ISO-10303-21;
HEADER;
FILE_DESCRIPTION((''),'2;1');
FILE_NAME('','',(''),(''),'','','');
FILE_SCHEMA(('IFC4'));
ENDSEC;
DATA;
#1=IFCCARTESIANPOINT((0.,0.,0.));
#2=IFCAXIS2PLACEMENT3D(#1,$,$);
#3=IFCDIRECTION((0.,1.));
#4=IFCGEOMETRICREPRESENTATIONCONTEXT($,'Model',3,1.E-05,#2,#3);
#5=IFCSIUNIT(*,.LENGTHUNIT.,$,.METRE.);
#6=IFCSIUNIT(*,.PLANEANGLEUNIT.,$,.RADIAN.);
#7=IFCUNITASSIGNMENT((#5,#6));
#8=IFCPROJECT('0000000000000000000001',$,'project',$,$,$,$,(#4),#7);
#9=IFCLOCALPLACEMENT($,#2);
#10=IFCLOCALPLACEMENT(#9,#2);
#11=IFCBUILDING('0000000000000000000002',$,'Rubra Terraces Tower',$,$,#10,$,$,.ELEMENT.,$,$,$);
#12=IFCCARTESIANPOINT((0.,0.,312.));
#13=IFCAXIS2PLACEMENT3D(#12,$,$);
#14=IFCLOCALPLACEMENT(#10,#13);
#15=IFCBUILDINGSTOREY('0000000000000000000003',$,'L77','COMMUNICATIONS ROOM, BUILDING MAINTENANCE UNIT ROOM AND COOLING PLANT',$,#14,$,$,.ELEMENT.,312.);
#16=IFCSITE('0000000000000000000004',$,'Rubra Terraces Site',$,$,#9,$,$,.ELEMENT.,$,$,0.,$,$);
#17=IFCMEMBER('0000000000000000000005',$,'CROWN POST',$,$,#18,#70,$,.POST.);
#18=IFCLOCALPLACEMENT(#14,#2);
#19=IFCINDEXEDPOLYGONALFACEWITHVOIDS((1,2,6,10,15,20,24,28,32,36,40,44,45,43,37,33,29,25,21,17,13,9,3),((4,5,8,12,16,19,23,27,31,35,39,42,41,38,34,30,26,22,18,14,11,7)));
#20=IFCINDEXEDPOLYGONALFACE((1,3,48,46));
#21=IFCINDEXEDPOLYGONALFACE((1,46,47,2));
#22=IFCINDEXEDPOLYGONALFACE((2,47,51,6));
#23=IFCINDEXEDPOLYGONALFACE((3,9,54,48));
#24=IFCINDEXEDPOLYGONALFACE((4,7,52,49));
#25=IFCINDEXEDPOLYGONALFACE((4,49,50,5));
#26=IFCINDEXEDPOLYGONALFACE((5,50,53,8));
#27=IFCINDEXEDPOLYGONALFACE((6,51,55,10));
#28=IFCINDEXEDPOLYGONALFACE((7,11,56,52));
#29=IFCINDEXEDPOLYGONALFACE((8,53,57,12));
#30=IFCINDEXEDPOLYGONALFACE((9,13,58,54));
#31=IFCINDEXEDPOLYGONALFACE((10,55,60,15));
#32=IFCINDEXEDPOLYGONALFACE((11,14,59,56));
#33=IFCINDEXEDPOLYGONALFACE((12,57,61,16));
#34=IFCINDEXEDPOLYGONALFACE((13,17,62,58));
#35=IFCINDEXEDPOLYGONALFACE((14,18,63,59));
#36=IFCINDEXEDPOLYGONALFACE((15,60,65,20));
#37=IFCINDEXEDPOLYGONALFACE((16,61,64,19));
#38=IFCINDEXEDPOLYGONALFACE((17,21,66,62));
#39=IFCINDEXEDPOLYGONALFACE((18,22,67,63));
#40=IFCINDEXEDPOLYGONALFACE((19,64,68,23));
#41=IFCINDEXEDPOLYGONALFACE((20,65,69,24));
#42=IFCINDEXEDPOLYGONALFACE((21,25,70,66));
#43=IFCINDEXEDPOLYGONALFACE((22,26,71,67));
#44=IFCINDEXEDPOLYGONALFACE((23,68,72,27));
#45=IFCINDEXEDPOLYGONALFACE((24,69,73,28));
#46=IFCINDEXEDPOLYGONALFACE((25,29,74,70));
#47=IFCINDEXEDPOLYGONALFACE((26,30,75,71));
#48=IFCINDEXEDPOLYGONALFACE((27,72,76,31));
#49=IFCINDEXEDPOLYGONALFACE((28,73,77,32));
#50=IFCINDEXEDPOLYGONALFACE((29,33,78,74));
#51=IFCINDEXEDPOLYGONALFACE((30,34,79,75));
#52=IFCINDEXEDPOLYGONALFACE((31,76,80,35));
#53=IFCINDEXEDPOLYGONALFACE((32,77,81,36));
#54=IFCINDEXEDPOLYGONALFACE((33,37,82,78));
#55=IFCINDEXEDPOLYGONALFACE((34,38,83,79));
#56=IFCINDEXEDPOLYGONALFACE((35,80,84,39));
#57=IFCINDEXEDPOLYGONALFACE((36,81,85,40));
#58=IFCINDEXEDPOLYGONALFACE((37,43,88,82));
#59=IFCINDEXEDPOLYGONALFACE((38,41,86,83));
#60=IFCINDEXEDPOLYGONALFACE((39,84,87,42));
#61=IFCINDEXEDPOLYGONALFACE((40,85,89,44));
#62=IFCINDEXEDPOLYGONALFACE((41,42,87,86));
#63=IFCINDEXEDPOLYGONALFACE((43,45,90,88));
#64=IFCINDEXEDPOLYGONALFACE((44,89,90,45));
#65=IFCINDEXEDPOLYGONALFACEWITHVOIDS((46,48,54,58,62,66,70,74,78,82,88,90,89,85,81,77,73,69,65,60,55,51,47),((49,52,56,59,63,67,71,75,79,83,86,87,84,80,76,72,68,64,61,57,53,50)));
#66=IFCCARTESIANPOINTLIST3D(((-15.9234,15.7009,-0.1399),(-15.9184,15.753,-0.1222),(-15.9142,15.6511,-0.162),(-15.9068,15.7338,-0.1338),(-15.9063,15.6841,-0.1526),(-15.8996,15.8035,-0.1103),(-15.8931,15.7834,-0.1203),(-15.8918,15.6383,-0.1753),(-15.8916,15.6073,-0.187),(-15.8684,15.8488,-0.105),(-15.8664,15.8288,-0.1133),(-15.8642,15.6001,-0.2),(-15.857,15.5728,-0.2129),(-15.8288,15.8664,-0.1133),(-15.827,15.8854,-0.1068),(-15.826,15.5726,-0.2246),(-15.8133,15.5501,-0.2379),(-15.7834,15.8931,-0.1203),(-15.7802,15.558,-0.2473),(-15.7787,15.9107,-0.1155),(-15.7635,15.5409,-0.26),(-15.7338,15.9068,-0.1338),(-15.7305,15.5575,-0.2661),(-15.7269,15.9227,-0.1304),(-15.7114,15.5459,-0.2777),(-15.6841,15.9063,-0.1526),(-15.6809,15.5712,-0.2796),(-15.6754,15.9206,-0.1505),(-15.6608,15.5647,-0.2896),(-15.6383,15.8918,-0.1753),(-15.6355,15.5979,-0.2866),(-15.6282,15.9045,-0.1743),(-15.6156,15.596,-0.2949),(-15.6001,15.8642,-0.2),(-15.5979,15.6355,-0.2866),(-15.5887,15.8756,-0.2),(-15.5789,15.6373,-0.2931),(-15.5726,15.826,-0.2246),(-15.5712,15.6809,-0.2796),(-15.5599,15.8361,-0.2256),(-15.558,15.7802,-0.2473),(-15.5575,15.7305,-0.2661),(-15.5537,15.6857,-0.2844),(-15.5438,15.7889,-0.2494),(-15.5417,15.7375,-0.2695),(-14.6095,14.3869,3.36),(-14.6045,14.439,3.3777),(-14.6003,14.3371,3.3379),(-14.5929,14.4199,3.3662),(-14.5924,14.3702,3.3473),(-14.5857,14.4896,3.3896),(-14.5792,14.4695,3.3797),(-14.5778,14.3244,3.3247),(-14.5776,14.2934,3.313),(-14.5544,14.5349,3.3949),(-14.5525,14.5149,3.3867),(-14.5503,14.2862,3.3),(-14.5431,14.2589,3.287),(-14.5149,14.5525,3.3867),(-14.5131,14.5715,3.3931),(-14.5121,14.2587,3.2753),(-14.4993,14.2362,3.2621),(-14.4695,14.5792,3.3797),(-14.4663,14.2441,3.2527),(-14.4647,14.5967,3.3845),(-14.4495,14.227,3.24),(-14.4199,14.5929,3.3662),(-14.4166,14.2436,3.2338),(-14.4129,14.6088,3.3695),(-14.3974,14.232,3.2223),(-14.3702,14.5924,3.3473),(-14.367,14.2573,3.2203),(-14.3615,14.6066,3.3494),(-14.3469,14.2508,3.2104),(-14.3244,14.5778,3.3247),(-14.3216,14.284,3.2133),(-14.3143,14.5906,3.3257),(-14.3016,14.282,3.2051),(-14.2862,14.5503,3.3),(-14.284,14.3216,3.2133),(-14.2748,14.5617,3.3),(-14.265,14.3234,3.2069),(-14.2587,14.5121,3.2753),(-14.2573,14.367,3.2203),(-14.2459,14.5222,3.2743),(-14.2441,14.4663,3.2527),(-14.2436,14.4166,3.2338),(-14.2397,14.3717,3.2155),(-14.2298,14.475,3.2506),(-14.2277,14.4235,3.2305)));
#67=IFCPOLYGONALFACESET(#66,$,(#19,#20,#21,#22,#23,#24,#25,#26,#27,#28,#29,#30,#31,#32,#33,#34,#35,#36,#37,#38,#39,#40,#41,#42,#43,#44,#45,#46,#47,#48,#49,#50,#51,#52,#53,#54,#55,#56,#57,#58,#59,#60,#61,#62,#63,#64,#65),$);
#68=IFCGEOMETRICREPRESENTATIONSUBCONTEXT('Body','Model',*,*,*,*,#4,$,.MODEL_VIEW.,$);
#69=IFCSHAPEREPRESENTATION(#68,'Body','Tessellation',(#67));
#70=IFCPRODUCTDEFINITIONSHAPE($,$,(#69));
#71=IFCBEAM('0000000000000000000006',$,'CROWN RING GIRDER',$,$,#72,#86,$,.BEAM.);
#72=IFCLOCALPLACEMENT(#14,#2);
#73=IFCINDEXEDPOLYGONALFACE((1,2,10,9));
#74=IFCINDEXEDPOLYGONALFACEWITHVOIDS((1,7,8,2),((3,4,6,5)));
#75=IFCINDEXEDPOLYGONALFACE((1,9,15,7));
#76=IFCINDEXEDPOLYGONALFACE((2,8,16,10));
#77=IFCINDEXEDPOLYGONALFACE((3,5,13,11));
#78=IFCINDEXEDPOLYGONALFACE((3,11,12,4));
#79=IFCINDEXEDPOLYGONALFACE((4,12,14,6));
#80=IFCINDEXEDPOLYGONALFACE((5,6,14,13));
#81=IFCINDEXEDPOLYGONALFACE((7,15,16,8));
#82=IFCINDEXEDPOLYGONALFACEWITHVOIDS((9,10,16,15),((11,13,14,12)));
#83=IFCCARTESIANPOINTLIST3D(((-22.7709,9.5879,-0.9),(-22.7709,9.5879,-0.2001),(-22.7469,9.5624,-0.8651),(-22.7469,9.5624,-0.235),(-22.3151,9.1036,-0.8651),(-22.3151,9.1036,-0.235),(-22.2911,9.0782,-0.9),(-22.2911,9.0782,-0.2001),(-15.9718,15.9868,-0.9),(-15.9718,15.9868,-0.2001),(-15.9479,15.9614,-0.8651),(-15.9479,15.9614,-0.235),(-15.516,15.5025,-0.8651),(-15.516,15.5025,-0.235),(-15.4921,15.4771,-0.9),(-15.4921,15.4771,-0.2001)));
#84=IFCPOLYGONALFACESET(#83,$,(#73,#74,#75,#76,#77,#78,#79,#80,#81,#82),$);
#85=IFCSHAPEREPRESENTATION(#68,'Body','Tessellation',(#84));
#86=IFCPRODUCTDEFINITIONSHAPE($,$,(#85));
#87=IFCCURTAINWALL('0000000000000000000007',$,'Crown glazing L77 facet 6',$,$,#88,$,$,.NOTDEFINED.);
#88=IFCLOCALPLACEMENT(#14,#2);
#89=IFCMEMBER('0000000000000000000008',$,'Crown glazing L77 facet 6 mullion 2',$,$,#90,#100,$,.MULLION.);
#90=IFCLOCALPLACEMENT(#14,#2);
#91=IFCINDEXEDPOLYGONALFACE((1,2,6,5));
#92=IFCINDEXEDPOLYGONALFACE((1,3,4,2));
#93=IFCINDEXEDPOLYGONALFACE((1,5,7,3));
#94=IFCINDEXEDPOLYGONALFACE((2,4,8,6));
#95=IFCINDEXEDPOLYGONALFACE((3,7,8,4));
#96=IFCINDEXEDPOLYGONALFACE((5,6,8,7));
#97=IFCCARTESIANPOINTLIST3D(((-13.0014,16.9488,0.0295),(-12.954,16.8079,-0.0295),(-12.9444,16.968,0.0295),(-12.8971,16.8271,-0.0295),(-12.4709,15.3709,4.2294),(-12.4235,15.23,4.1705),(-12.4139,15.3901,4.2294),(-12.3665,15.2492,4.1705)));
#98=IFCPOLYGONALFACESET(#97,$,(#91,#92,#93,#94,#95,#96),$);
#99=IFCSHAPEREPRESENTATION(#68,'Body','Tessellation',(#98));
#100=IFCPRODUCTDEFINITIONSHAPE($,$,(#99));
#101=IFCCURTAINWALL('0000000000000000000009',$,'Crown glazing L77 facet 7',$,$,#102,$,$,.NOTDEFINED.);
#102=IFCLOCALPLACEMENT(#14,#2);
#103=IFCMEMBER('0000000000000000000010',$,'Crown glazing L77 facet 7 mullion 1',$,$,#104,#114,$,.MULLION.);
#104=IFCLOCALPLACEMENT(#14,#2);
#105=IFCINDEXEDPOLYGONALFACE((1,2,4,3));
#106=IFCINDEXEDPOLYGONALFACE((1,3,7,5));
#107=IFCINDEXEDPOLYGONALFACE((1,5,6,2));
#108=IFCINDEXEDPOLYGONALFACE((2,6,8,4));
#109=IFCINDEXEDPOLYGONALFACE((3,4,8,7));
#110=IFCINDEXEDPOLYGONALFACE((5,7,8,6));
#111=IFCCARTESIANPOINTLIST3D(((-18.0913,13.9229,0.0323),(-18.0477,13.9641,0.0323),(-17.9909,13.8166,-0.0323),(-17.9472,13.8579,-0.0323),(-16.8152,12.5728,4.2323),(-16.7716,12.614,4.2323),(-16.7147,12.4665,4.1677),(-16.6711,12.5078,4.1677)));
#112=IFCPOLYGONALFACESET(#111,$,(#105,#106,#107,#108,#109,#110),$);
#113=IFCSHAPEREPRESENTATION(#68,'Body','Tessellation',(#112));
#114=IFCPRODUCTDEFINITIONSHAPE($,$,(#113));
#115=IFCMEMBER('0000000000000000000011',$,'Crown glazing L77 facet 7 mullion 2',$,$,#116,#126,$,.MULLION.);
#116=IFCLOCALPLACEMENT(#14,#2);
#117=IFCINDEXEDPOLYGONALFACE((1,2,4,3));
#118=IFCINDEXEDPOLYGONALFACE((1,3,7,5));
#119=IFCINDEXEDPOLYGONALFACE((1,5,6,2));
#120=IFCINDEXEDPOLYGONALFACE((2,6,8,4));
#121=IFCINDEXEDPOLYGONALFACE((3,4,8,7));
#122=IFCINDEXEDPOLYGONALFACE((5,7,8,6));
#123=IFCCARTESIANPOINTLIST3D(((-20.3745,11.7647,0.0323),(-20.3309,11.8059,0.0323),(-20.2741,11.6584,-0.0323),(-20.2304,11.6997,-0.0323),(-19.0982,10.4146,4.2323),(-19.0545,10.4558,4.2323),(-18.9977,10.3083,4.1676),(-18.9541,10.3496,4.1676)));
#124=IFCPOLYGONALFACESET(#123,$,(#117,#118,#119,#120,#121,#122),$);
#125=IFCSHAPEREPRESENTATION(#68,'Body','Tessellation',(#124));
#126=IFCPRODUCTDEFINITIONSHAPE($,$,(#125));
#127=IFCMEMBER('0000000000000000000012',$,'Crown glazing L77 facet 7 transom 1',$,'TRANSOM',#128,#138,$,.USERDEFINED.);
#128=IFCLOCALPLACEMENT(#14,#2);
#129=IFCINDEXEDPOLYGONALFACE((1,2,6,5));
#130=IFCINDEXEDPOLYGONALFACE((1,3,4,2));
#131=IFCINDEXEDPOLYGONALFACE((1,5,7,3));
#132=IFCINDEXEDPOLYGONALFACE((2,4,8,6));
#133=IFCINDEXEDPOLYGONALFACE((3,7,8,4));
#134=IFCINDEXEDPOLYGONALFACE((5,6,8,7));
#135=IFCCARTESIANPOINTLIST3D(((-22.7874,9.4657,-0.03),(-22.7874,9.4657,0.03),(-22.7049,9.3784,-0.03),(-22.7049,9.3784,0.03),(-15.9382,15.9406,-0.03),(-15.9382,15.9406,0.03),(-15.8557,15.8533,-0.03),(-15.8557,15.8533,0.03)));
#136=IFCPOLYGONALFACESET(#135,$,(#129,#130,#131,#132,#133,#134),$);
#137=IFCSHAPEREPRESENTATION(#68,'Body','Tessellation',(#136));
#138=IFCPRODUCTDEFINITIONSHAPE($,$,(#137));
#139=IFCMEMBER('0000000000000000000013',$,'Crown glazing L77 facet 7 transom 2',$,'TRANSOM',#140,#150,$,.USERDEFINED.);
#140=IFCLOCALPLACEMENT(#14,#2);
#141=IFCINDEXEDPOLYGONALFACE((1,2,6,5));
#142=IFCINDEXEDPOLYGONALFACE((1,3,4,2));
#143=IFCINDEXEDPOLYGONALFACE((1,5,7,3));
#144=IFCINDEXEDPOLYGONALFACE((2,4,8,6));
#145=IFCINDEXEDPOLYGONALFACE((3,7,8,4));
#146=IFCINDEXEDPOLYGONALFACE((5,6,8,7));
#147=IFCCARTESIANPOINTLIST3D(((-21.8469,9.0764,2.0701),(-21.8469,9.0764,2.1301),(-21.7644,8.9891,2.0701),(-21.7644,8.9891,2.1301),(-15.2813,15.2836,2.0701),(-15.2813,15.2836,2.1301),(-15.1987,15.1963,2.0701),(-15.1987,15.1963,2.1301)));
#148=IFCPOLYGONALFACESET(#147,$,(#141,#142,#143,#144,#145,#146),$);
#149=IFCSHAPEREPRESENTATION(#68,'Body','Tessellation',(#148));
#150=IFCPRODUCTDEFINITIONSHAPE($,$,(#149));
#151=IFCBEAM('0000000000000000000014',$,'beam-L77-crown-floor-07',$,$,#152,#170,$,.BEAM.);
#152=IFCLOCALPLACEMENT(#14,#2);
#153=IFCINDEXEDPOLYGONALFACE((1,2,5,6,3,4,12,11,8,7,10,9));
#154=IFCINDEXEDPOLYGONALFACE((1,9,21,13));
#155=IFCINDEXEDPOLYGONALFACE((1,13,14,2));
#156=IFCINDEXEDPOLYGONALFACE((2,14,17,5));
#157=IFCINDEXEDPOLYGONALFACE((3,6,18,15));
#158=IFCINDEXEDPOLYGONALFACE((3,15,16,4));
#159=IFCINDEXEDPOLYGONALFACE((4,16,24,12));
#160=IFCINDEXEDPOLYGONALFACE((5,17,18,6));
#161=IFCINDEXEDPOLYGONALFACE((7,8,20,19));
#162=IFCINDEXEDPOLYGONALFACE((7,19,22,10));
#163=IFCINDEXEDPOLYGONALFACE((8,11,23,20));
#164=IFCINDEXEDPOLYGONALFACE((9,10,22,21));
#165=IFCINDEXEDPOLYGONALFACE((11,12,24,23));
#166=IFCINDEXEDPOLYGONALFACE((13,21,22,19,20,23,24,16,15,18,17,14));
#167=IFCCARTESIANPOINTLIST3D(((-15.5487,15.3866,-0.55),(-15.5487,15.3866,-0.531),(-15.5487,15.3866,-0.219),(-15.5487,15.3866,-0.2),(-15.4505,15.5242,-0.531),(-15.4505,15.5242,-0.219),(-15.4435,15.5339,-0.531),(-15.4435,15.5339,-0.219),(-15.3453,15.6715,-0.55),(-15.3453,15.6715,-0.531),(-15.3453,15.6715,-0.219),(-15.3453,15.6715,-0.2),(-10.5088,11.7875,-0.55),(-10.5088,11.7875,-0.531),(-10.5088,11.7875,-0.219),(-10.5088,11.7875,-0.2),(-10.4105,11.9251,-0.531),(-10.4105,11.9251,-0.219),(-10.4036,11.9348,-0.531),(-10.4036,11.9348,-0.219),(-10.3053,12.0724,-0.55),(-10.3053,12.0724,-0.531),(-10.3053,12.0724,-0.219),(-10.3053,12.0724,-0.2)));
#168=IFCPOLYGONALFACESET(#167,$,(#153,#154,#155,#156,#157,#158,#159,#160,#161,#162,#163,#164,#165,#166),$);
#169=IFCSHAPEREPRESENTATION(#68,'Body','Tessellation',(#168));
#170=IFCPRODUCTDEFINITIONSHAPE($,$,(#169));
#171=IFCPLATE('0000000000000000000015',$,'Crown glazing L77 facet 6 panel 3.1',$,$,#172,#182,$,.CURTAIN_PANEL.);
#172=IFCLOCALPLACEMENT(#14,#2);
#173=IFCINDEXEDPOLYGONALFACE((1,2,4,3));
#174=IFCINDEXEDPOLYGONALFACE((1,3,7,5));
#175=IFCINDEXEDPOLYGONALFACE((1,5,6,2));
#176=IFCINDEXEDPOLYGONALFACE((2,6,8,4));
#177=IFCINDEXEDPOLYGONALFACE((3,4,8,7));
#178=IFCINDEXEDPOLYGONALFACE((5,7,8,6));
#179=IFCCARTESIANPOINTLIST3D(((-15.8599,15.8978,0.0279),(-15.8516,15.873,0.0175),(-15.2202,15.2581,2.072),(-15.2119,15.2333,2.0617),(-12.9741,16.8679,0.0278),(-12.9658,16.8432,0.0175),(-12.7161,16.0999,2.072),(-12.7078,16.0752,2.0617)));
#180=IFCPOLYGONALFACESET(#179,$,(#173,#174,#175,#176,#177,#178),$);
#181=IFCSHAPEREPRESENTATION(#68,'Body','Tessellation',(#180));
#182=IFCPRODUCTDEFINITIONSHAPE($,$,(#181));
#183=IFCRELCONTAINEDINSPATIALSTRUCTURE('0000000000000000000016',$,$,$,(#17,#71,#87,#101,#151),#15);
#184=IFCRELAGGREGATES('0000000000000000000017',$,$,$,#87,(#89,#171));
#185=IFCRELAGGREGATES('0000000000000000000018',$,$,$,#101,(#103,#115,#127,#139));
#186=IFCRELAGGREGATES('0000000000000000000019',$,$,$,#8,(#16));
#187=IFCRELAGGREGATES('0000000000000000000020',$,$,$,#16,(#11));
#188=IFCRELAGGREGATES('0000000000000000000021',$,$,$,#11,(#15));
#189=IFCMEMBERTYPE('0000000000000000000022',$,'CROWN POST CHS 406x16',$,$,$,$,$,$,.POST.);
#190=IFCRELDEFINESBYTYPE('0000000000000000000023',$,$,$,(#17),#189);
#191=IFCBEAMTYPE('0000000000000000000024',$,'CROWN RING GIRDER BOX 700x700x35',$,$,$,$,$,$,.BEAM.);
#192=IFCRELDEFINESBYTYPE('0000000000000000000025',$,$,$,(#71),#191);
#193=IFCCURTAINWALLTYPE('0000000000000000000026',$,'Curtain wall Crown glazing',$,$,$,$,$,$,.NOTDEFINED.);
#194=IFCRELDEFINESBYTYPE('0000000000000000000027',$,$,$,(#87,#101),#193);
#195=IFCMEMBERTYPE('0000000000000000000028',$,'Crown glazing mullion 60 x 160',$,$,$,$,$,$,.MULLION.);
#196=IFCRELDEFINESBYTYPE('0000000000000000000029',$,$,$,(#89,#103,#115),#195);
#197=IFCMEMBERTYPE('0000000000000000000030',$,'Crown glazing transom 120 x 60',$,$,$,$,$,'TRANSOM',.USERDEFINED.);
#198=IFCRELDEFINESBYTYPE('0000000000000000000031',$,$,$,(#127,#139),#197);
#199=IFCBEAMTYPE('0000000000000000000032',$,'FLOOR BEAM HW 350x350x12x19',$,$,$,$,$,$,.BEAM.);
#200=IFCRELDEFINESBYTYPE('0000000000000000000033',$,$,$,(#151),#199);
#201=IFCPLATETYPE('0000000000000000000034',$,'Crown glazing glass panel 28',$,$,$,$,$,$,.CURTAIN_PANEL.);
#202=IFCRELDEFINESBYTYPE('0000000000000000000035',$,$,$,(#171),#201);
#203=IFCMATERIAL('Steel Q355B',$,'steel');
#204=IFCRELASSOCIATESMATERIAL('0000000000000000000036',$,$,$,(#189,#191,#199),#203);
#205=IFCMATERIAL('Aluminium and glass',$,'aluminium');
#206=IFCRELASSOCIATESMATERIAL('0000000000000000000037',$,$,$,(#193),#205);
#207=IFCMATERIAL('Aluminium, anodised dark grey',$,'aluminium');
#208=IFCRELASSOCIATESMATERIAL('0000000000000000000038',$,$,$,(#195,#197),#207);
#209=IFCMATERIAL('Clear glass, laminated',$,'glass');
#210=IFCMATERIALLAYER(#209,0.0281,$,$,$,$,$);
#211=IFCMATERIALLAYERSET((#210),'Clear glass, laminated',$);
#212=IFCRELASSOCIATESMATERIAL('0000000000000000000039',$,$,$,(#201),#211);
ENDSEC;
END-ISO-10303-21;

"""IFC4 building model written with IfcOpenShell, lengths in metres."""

from ifc_helpers import new_model, si_unit, direction, frame, origin, origin_2d, place, context, subcontext, project, spatial, polyline, rectangle, hollow_rectangle, hollow_circle, i_section, outline, extrude, material, layer, layer_set, material_profile, profile_set, type_object, element, aggregate, save


model = new_model("IFC4")

# Units and contexts
model_context = context("Model", 3, precision=1e-05, world=origin(), true_north=direction((0.0, 1.0)))
body_context = subcontext(model_context, "Body", "Model", "MODEL_VIEW")
ifc_project = project(units=[si_unit("LENGTHUNIT", "METRE"), si_unit("PLANEANGLEUNIT", "RADIAN")], contexts=[model_context])

# Site, building, storey
site_placement = place(None, origin())
site = spatial("IfcSite", under=ifc_project, at=site_placement, Name="Rubra Terraces Site", CompositionType="ELEMENT", RefElevation=0.0)
building_placement = place(site_placement, origin())
building = spatial("IfcBuilding", under=site, at=building_placement, Name="Rubra Terraces Tower", CompositionType="ELEMENT")
storey_placement = place(building_placement, frame((0.0, 0.0, 312.0)))
storey = spatial("IfcBuildingStorey", under=building, at=storey_placement, Name="L77", Description="COMMUNICATIONS ROOM, BUILDING MAINTENANCE UNIT ROOM AND COOLING PLANT", CompositionType="ELEMENT", Elevation=312.0)

# Member
ifc_material_1 = material(Name="Steel Q355B", Category="steel")
ifc_material_profile_1 = material_profile(ifc_material_1, hollow_circle(Radius=0.2029, WallThickness=0.0161, at=origin_2d()), Name="CHS 406x16")
ifc_profile_set_1 = profile_set([ifc_material_profile_1], Name="Steel Q355B")
member_type_1 = type_object("IfcMemberType", Name="CROWN POST CHS 406x16", PredefinedType="POST", material=ifc_profile_set_1)
member_1_placement = place(storey_placement, frame((-15.7322, 15.7322, -0.2), z_axis=(0.331583, -0.331583, 0.883236), x_axis=(0.707107, 0.707107, 0.0)))
element("IfcMember", 1, at=member_1_placement, inside=storey, type_object=member_type_1, Name="CROWN POST", PredefinedType="POST", context=body_context, shape_type="SweptSolid", body=[
    extrude(hollow_circle(Radius=0.2029, WallThickness=0.0161, at=origin_2d()), origin(), (0.0, 0.0, 1.0), 3.9626),
])

# Beam
ifc_material_profile_2 = material_profile(ifc_material_1, hollow_rectangle(XDim=0.7, YDim=0.7, WallThickness=0.0349, at=origin_2d()), Name="BOX 700x700x35")
ifc_profile_set_2 = profile_set([ifc_material_profile_2], Name="Steel Q355B")
beam_type_1 = type_object("IfcBeamType", Name="CROWN RING GIRDER BOX 700x700x35", PredefinedType="BEAM", material=ifc_profile_set_2)
beam_1_placement = place(storey_placement, frame((-15.7319, 15.7319, -0.55), z_axis=(-0.728211, -0.685353, 0.0), x_axis=(0.685353, -0.728211, 0.0)))
element("IfcBeam", 2, at=beam_1_placement, inside=storey, type_object=beam_type_1, Name="CROWN RING GIRDER", PredefinedType="BEAM", context=body_context, shape_type="SweptSolid", body=[
    extrude(hollow_rectangle(XDim=0.7, YDim=0.7, WallThickness=0.0349, at=origin_2d()), origin(), (0.0, 0.0, 1.0), 9.3367),
])

# Curtain wall, member
ifc_material_2 = material(Name="Aluminium and glass", Category="aluminium")
curtain_wall_type = type_object("IfcCurtainWallType", Name="Curtain wall Crown glazing", PredefinedType="NOTDEFINED", material=ifc_material_2)
curtain_wall_1_placement = place(storey_placement, origin())
curtain_wall_1 = element("IfcCurtainWall", 3, at=curtain_wall_1_placement, inside=storey, type_object=curtain_wall_type, Name="Crown glazing L77 facet 6", PredefinedType="NOTDEFINED")
ifc_material_3 = material(Name="Aluminium, anodised dark grey", Category="aluminium")
ifc_material_profile_3 = material_profile(ifc_material_3, rectangle(XDim=0.0601, YDim=0.1599, at=origin_2d()), Name="AL 60x160")
ifc_profile_set_3 = profile_set([ifc_material_profile_3], Name="Aluminium, anodised dark grey")
member_type_2 = type_object("IfcMemberType", Name="Crown glazing mullion 60 x 160", PredefinedType="MULLION", material=ifc_profile_set_3)
member_2_placement = place(storey_placement, frame((-12.9492, 16.8879, 0.0), z_axis=(0.117428, -0.349257, 0.92964), x_axis=(0.947859, 0.318691, 0.0)))
member_2 = element("IfcMember", 4, at=member_2_placement, type_object=member_type_2, Name="Crown glazing L77 facet 6 mullion 2", PredefinedType="MULLION", context=body_context, shape_type="SweptSolid", body=[
    extrude(rectangle(XDim=0.0601, YDim=0.1599, at=origin_2d()), origin(), (0.0, 0.0, 1.0), 4.5178),
])

# Curtain wall, members
curtain_wall_2_placement = place(storey_placement, origin())
curtain_wall_2 = element("IfcCurtainWall", 5, at=curtain_wall_2_placement, inside=storey, type_object=curtain_wall_type, Name="Crown glazing L77 facet 7", PredefinedType="NOTDEFINED")
member_3_placement = place(storey_placement, frame((-18.0193, 13.8904, 0.0), z_axis=(0.277873, -0.29398, 0.914529), x_axis=(0.726736, 0.686917, 0.0)))
member_3 = element("IfcMember", 6, at=member_3_placement, type_object=member_type_2, Name="Crown glazing L77 facet 7 mullion 1", PredefinedType="MULLION", context=body_context, shape_type="SweptSolid", body=[
    extrude(rectangle(XDim=0.0601, YDim=0.1599, at=origin_2d()), origin(), (0.0, 0.0, 1.0), 4.5925),
])
member_4_placement = place(storey_placement, frame((-20.3025, 11.7322, 0.0), z_axis=(0.277922, -0.293976, 0.914515), x_axis=(0.726671, 0.686986, 0.0)))
member_4 = element("IfcMember", 7, at=member_4_placement, type_object=member_type_2, Name="Crown glazing L77 facet 7 mullion 2", PredefinedType="MULLION", context=body_context, shape_type="SweptSolid", body=[
    extrude(rectangle(XDim=0.0601, YDim=0.1599, at=origin_2d()), origin(), (0.0, 0.0, 1.0), 4.5925),
])
ifc_material_profile_4 = material_profile(ifc_material_3, rectangle(XDim=0.1201, YDim=0.0601, at=origin_2d()), Name="AL 120x60")
ifc_profile_set_4 = profile_set([ifc_material_profile_4], Name="Aluminium, anodised dark grey")
member_type_3 = type_object("IfcMemberType", Name="Crown glazing transom 120 x 60", ElementType="TRANSOM", PredefinedType="USERDEFINED", material=ifc_profile_set_4)
member_5_placement = place(storey_placement, frame((-15.897, 15.897, 0.0), z_axis=(-0.726683, -0.686973, 0.0), x_axis=(0.686973, -0.726683, 0.0)))
member_5 = element("IfcMember", 8, at=member_5_placement, type_object=member_type_3, Name="Crown glazing L77 facet 7 transom 1", ObjectType="TRANSOM", PredefinedType="USERDEFINED", context=body_context, shape_type="SweptSolid", body=[
    extrude(rectangle(XDim=0.1201, YDim=0.0601, at=origin_2d()), origin(), (0.0, 0.0, 1.0), 9.4253),
])
member_6_placement = place(storey_placement, frame((-15.24, 15.24, 2.1001), z_axis=(-0.726662, -0.686996, 0.0), x_axis=(0.686996, -0.726662, 0.0)))
member_6 = element("IfcMember", 9, at=member_6_placement, type_object=member_type_3, Name="Crown glazing L77 facet 7 transom 2", ObjectType="TRANSOM", PredefinedType="USERDEFINED", context=body_context, shape_type="SweptSolid", body=[
    extrude(rectangle(XDim=0.1201, YDim=0.0601, at=origin_2d()), origin(), (0.0, 0.0, 1.0), 9.0354),
])

# Beam
ifc_material_profile_5 = material_profile(ifc_material_1, i_section(OverallWidth=0.3501, OverallDepth=0.3501, WebThickness=0.012, FlangeThickness=0.019, at=origin_2d()), Name="HW 350x350x12x19")
ifc_profile_set_5 = profile_set([ifc_material_profile_5], Name="Steel Q355B")
beam_type_2 = type_object("IfcBeamType", Name="FLOOR BEAM HW 350x350x12x19", PredefinedType="BEAM", material=ifc_profile_set_5)
beam_2_placement = place(storey_placement, frame((-15.447, 15.5291, -0.375), z_axis=(0.813803, -0.581141, 0.0), x_axis=(0.581141, 0.813803, 0.0)))
element("IfcBeam", 10, at=beam_2_placement, inside=storey, type_object=beam_type_2, Name="beam-L77-crown-floor-07", PredefinedType="BEAM", context=body_context, shape_type="SweptSolid", body=[
    extrude(i_section(OverallWidth=0.3501, OverallDepth=0.3501, WebThickness=0.012, FlangeThickness=0.019, at=origin_2d()), origin(), (0.0, 0.0, 1.0), 6.1931),
])

# Plate
ifc_material_4 = material(Name="Clear glass, laminated", Category="glass")
ifc_layer_1 = layer(ifc_material_4, 0.0281)
ifc_layer_set_1 = layer_set([ifc_layer_1], Name="Clear glass, laminated")
plate_type = type_object("IfcPlateType", Name="Crown glazing glass panel 28", PredefinedType="CURTAIN_PANEL", material=ifc_layer_set_1)
plate_1_placement = place(storey_placement, frame((-12.9741, 16.8679, 0.0278), z_axis=(-0.296242, 0.881181, 0.368457), x_axis=(-0.947868, -0.318664, 0.000007)))
plate_1 = element("IfcPlate", 11, at=plate_1_placement, type_object=plate_type, Name="Crown glazing L77 facet 6 panel 3.1", PredefinedType="CURTAIN_PANEL", context=body_context, shape_type="SweptSolid", body=[
    extrude(outline(polyline([(0.0, 0.0), (3.0445, 0.0), (2.642, 2.1989), (0.0002, 2.1989), (0.0, 0.0)])), origin(), (0.0, 0.0, -1.0), 0.0281),
])
aggregate(curtain_wall_1, [member_2, plate_1])
aggregate(curtain_wall_2, [member_3, member_4, member_5, member_6])

save(model, "model.ifc")
